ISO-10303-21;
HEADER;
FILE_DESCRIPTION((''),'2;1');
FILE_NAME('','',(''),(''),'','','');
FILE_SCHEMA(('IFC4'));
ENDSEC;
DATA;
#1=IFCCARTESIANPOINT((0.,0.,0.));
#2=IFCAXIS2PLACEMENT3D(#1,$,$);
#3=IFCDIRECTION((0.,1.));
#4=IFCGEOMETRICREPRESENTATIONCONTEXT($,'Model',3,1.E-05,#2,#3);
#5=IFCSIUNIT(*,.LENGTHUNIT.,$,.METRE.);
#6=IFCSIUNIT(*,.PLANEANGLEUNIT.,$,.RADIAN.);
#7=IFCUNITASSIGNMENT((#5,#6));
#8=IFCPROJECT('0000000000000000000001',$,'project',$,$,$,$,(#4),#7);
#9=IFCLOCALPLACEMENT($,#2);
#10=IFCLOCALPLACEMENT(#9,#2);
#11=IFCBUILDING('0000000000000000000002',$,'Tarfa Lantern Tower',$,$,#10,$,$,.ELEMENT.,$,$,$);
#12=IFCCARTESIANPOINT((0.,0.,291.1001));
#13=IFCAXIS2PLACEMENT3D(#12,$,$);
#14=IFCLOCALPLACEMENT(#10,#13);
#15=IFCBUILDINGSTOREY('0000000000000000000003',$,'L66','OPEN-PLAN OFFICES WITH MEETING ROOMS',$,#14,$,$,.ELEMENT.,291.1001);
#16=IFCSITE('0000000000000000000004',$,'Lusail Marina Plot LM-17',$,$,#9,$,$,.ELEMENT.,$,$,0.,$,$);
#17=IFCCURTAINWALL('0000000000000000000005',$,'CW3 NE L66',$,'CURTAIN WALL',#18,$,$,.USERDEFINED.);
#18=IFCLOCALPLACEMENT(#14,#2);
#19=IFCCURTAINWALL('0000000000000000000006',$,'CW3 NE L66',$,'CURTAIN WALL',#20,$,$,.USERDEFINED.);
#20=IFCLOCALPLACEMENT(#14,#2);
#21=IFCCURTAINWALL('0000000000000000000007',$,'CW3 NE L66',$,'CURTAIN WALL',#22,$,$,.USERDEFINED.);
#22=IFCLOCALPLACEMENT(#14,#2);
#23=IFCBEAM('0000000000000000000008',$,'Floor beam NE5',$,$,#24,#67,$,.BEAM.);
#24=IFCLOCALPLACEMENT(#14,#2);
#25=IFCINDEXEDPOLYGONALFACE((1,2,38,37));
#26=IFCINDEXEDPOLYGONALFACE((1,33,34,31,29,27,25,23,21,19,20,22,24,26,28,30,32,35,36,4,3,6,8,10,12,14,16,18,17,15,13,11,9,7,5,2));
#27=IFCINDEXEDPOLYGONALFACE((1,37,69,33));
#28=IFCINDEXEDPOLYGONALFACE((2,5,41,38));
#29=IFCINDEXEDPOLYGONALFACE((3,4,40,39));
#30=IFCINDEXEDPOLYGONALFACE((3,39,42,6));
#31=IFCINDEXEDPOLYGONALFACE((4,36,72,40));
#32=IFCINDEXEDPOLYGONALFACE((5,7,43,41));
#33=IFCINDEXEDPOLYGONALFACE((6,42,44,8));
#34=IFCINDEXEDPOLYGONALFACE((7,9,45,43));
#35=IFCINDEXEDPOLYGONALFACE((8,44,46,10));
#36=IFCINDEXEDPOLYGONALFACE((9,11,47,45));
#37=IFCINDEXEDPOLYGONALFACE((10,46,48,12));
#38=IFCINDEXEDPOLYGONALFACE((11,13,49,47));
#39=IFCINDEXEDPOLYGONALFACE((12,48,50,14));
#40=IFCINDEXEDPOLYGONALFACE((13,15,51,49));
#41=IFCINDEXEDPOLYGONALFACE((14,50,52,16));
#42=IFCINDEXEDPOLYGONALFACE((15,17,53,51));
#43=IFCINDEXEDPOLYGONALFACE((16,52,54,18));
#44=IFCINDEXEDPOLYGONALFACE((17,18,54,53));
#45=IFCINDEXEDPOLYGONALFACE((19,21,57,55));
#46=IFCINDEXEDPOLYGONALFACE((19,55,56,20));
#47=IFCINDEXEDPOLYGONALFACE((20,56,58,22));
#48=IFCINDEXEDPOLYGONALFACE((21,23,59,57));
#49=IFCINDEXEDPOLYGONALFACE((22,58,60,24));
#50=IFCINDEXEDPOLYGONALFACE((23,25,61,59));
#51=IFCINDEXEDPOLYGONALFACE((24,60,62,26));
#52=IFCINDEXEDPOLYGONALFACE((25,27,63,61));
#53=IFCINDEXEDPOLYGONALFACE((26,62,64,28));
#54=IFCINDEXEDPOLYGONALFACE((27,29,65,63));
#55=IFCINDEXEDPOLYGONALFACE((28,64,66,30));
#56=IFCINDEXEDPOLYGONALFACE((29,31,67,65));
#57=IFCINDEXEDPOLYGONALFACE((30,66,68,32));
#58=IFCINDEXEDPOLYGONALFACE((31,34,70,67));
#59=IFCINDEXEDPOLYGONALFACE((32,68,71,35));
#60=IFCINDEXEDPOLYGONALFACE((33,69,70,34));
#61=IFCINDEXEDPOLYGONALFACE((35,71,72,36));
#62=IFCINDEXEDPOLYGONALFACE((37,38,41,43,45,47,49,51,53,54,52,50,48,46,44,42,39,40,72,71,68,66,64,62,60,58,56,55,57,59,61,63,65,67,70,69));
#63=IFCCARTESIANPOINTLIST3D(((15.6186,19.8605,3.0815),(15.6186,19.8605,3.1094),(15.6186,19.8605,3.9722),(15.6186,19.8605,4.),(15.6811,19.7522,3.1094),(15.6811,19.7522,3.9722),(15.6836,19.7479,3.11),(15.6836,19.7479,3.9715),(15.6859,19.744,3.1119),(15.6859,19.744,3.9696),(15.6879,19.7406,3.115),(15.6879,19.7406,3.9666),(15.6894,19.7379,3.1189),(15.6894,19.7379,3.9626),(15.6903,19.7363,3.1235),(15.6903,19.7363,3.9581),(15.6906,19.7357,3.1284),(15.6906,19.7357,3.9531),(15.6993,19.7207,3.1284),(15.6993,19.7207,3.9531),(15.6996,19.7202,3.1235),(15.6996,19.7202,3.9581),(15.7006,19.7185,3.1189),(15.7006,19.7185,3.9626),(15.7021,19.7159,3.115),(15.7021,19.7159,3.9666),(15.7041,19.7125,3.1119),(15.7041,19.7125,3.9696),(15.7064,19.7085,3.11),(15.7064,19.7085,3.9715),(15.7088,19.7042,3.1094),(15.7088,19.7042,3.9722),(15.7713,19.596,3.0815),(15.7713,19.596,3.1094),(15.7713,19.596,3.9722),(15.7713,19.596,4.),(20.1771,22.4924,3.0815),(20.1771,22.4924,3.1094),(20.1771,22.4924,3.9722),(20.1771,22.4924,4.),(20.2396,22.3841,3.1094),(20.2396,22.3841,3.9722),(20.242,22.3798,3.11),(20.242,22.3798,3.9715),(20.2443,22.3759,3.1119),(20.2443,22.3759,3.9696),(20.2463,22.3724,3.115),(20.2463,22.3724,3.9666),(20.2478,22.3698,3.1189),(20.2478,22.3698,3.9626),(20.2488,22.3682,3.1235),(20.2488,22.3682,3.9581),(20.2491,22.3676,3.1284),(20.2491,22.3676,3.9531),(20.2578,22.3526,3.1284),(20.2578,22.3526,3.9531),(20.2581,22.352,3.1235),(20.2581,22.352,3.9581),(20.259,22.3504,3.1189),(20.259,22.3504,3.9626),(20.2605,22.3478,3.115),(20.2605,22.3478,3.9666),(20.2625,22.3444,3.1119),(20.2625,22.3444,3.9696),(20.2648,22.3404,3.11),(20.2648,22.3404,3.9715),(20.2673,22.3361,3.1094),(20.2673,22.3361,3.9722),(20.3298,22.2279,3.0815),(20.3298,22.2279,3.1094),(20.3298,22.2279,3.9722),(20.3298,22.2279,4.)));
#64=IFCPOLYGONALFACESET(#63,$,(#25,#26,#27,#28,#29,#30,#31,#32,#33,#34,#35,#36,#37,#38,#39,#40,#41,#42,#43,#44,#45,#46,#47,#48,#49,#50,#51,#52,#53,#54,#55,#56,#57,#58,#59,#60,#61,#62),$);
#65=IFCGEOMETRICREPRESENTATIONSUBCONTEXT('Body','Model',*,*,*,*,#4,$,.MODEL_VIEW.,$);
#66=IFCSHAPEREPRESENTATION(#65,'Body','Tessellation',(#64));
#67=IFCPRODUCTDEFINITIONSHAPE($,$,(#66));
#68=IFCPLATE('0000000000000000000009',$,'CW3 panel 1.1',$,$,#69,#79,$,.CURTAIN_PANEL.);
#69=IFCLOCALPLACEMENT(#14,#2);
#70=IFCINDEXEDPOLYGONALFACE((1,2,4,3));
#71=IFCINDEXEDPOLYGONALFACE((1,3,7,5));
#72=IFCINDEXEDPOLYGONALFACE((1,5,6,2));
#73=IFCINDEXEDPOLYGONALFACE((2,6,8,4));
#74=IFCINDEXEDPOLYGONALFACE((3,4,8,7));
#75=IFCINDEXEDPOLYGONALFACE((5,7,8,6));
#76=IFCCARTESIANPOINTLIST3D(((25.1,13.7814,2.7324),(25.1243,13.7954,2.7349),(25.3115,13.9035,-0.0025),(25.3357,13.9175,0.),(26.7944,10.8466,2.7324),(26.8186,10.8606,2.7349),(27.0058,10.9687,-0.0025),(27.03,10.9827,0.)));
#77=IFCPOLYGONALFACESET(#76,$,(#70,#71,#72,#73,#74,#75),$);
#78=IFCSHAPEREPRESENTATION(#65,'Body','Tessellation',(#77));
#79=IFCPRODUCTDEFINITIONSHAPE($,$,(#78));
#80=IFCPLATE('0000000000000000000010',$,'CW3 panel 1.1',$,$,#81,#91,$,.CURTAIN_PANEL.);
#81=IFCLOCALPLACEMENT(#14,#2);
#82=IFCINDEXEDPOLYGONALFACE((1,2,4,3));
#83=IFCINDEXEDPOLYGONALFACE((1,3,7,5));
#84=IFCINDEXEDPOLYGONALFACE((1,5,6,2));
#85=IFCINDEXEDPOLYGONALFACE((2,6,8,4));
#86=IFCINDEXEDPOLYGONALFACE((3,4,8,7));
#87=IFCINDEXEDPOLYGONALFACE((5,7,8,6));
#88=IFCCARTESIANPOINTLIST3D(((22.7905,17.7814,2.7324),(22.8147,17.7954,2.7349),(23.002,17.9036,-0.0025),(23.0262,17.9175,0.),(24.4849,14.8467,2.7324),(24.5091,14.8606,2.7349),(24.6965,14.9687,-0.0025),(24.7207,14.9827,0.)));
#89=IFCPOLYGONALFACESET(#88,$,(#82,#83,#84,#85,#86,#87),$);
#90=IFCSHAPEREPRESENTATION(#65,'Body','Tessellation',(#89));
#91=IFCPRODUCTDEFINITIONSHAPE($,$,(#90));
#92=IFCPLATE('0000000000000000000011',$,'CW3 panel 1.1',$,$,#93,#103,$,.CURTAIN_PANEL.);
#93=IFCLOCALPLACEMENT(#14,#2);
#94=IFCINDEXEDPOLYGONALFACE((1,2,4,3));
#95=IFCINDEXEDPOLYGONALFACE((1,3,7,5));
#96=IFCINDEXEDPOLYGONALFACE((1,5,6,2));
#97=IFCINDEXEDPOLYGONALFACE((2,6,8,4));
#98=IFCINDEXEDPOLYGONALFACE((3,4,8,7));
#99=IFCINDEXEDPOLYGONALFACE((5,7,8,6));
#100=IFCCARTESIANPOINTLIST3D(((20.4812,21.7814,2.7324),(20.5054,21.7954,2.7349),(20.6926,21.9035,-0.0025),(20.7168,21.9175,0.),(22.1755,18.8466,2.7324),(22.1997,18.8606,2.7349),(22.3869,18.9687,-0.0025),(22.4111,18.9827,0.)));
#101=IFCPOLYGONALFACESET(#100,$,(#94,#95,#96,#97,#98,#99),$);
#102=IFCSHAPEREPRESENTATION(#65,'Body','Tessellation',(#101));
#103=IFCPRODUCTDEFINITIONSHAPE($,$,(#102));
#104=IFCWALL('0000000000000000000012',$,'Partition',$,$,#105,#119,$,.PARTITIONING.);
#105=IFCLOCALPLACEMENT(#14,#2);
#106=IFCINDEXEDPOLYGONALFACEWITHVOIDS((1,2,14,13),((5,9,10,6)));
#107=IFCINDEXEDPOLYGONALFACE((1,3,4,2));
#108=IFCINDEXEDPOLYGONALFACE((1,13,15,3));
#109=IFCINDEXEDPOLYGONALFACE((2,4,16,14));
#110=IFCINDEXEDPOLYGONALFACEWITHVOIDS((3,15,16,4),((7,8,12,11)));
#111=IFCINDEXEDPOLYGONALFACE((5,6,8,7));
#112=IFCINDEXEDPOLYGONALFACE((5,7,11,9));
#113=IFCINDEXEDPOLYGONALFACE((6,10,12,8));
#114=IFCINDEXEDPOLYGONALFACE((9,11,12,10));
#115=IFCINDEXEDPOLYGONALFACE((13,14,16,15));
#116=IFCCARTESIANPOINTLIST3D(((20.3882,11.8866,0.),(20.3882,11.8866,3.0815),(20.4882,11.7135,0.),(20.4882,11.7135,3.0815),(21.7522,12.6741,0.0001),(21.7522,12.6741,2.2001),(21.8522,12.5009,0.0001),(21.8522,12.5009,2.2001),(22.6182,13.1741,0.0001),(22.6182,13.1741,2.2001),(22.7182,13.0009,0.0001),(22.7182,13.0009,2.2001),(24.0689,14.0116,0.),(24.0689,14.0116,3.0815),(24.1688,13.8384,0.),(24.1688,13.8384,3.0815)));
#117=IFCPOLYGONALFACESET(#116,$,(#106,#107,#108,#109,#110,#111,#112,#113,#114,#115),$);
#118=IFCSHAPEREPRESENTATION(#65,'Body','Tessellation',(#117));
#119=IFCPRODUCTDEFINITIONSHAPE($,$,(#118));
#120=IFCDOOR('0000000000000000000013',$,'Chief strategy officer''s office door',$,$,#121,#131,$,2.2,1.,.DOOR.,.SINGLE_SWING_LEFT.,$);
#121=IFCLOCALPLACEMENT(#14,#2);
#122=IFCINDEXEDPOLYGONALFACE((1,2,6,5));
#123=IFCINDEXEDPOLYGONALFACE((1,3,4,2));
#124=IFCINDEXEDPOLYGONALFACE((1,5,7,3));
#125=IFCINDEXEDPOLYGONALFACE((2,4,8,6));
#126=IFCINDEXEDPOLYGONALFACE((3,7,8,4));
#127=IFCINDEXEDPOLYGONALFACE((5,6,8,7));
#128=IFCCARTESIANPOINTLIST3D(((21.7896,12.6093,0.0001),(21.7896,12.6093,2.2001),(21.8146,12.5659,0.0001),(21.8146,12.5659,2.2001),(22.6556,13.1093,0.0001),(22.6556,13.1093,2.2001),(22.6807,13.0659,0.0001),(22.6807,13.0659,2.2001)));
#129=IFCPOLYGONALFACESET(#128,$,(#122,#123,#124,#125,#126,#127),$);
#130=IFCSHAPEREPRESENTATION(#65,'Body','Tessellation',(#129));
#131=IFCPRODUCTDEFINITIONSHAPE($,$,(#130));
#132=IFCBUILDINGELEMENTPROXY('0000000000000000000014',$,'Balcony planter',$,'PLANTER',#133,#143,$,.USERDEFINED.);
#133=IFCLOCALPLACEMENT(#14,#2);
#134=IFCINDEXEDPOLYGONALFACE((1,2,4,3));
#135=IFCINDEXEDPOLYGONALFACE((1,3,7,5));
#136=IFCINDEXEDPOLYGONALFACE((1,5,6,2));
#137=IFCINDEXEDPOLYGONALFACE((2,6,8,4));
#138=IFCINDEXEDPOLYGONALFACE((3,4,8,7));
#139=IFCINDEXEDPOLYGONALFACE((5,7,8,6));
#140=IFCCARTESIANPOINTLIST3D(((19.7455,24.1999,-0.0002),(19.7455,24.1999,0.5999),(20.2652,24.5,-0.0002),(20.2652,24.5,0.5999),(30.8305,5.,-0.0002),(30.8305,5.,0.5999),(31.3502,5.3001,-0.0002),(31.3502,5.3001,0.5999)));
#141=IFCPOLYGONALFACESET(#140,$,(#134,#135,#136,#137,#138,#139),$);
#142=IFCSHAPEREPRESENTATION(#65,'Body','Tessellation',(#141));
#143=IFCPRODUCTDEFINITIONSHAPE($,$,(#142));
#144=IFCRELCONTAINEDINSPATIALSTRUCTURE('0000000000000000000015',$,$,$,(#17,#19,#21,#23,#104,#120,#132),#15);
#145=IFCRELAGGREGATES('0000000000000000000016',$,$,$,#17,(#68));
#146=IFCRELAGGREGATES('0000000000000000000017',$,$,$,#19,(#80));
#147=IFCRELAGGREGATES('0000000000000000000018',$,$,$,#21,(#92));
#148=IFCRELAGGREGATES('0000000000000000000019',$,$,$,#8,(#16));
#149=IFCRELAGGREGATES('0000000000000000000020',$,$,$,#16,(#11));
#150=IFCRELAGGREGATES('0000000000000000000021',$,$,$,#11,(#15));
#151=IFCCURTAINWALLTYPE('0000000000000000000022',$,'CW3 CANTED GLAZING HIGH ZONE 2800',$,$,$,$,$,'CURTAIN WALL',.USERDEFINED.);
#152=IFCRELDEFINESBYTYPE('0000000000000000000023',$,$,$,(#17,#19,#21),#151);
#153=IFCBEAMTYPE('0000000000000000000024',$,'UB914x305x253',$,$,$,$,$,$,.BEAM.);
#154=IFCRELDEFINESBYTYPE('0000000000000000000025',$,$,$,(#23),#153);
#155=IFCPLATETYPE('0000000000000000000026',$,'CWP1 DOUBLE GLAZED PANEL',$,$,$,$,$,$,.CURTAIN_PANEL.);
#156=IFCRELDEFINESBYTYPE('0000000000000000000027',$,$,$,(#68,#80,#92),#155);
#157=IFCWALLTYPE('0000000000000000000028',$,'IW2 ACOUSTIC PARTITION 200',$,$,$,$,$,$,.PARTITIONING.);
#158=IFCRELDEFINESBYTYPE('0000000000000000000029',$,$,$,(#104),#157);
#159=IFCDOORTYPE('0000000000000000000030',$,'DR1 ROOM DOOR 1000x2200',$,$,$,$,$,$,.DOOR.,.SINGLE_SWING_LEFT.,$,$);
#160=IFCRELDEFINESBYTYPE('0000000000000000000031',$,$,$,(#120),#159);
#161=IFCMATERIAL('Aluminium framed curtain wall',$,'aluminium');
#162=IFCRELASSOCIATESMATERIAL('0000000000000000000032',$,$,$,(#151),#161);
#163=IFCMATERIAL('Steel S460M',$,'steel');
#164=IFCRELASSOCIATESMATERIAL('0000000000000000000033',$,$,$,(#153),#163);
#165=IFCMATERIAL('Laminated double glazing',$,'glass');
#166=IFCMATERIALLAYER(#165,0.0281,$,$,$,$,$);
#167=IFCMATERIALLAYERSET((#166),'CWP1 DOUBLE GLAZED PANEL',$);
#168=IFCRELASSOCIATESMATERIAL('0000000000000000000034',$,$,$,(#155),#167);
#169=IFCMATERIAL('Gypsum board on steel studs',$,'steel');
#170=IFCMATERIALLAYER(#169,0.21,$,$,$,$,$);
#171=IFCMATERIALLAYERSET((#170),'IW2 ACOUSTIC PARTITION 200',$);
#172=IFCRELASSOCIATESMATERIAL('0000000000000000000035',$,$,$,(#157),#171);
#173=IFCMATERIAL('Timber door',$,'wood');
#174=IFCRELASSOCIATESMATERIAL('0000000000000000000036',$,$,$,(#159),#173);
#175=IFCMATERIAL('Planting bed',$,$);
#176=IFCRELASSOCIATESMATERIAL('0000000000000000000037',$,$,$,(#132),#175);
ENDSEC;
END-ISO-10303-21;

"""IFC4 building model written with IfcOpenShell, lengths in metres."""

from ifc_helpers import new_model, si_unit, direction, frame, frame_2d, origin, origin_2d, place, context, subcontext, project, spatial, polyline, rectangle, i_section, outline, extrude, material, layer, layer_set, material_profile, profile_set, type_object, element, fill, aggregate, save


model = new_model("IFC4")

# Units and contexts
model_context = context("Model", 3, precision=1e-05, world=origin(), true_north=direction((0.0, 1.0)))
body_context = subcontext(model_context, "Body", "Model", "MODEL_VIEW")
ifc_project = project(units=[si_unit("LENGTHUNIT", "METRE"), si_unit("PLANEANGLEUNIT", "RADIAN")], contexts=[model_context])

# Site, building, storey
site_placement = place(None, origin())
site = spatial("IfcSite", under=ifc_project, at=site_placement, Name="Lusail Marina Plot LM-17", CompositionType="ELEMENT", RefElevation=0.0)
building_placement = place(site_placement, origin())
building = spatial("IfcBuilding", under=site, at=building_placement, Name="Tarfa Lantern Tower", CompositionType="ELEMENT")
storey_placement = place(building_placement, frame((0.0, 0.0, 291.1001)))
storey = spatial("IfcBuildingStorey", under=building, at=storey_placement, Name="L66", Description="OPEN-PLAN OFFICES WITH MEETING ROOMS", CompositionType="ELEMENT", Elevation=291.1001)

# Curtain walls
ifc_material_1 = material(Name="Aluminium framed curtain wall", Category="aluminium")
curtain_wall_type = type_object("IfcCurtainWallType", Name="CW3 CANTED GLAZING HIGH ZONE 2800", ElementType="CURTAIN WALL", PredefinedType="USERDEFINED", material=ifc_material_1)
curtain_wall_1_placement = place(storey_placement, origin())
curtain_wall_1 = element("IfcCurtainWall", 1, at=curtain_wall_1_placement, inside=storey, type_object=curtain_wall_type, Name="CW3 NE L66", ObjectType="CURTAIN WALL", PredefinedType="USERDEFINED")
curtain_wall_2_placement = place(storey_placement, origin())
curtain_wall_2 = element("IfcCurtainWall", 2, at=curtain_wall_2_placement, inside=storey, type_object=curtain_wall_type, Name="CW3 NE L66", ObjectType="CURTAIN WALL", PredefinedType="USERDEFINED")
curtain_wall_3_placement = place(storey_placement, origin())
curtain_wall_3 = element("IfcCurtainWall", 3, at=curtain_wall_3_placement, inside=storey, type_object=curtain_wall_type, Name="CW3 NE L66", ObjectType="CURTAIN WALL", PredefinedType="USERDEFINED")

# Beam
ifc_material_2 = material(Name="Steel S460M", Category="steel")
ifc_material_profile_1 = material_profile(ifc_material_2, i_section(OverallWidth=0.3054, OverallDepth=0.9185, WebThickness=0.0173, FlangeThickness=0.0278, FilletRadius=0.019, at=origin_2d()), Name="UB914x305x253")
ifc_profile_set_1 = profile_set([ifc_material_profile_1], Name="Steel S460M")
beam_type_1 = type_object("IfcBeamType", Name="UB914x305x253", PredefinedType="BEAM", material=ifc_profile_set_1)
beam_1_placement = place(storey_placement, frame((20.2534, 22.3601, 3.5408), z_axis=(-0.86602, -0.50001, 0.0), x_axis=(0.50001, -0.86602, 0.0)))
element("IfcBeam", 4, at=beam_1_placement, inside=storey, type_object=beam_type_1, Name="Floor beam NE5", PredefinedType="BEAM", context=body_context, shape_type="SweptSolid", body=[
    extrude(i_section(OverallWidth=0.3054, OverallDepth=0.9185, WebThickness=0.0173, FlangeThickness=0.0278, FilletRadius=0.019, at=origin_2d()), origin(), (0.0, 0.0, 1.0), 5.2637),
])

# Plates
ifc_material_3 = material(Name="Laminated double glazing", Category="glass")
ifc_layer_1 = layer(ifc_material_3, 0.0281)
ifc_layer_set_1 = layer_set([ifc_layer_1], Name="CWP1 DOUBLE GLAZED PANEL")
plate_type = type_object("IfcPlateType", Name="CWP1 DOUBLE GLAZED PANEL", PredefinedType="CURTAIN_PANEL", material=ifc_layer_set_1)
plate_1_placement = place(storey_placement, frame((27.03, 10.9827, 0.0), z_axis=(0.862606, 0.498002, 0.088914), x_axis=(-0.499982, 0.866036, 0.0)))
plate_1 = element("IfcPlate", 5, at=plate_1_placement, type_object=plate_type, Name="CW3 panel 1.1", PredefinedType="CURTAIN_PANEL", context=body_context, shape_type="SweptSolid", body=[
    extrude(outline(polyline([(0.0, 0.0), (3.3888, 0.0), (3.3888, 2.7457), (0.0, 2.7457), (0.0, 0.0)])), origin(), (0.0, 0.0, -1.0), 0.0281),
])
aggregate(curtain_wall_1, [plate_1])
plate_2_placement = place(storey_placement, frame((24.7207, 14.9827, 0.0), z_axis=(0.862587, 0.498027, 0.088952), x_axis=(-0.50001, 0.86602, 0.000003)))
plate_2 = element("IfcPlate", 6, at=plate_2_placement, type_object=plate_type, Name="CW3 panel 1.1", PredefinedType="CURTAIN_PANEL", context=body_context, shape_type="SweptSolid", body=[
    extrude(outline(polyline([(0.0, 0.0), (3.3889, 0.0), (3.3889, 2.7457), (0.0001, 2.7458), (0.0, 0.0)])), origin(), (0.0, 0.0, -1.0), 0.0281),
])
aggregate(curtain_wall_2, [plate_2])
plate_3_placement = place(storey_placement, frame((22.4111, 18.9827, 0.0), z_axis=(0.862606, 0.498002, 0.088914), x_axis=(-0.499982, 0.866036, 0.0)))
plate_3 = element("IfcPlate", 7, at=plate_3_placement, type_object=plate_type, Name="CW3 panel 1.1", PredefinedType="CURTAIN_PANEL", context=body_context, shape_type="SweptSolid", body=[
    extrude(outline(polyline([(0.0, 0.0), (3.3888, 0.0), (3.3888, 2.7457), (0.0, 2.7457), (0.0, 0.0)])), origin(), (0.0, 0.0, -1.0), 0.0281),
])
aggregate(curtain_wall_3, [plate_3])

# Wall, opening, door
ifc_material_4 = material(Name="Gypsum board on steel studs", Category="steel")
ifc_layer_2 = layer(ifc_material_4, 0.21)
ifc_layer_set_2 = layer_set([ifc_layer_2], Name="IW2 ACOUSTIC PARTITION 200")
wall_type = type_object("IfcWallType", Name="IW2 ACOUSTIC PARTITION 200", PredefinedType="PARTITIONING", material=ifc_layer_set_2)
wall_placement = place(storey_placement, frame((20.4382, 11.8, 0.0), z_axis=(0.0, 0.0, 1.0), x_axis=(0.866029, 0.499994, 0.0)))
wall = element("IfcWall", 8, at=wall_placement, inside=storey, type_object=wall_type, Name="Partition", PredefinedType="PARTITIONING", context=body_context, shape_type="SweptSolid", body=[
    extrude(rectangle(XDim=4.25, YDim=0.2, at=frame_2d((2.125, 0.0))), origin(), (0.0, 0.0, 1.0), 3.0815),
])
opening_placement = place(wall_placement, frame((1.575, 0.0, 0.0)))
opening = element("IfcOpeningElement", 9, at=opening_placement, cuts=wall, PredefinedType="OPENING", context=body_context, shape_type="SweptSolid", body=[
    extrude(rectangle(XDim=1.0, YDim=2.2, at=frame_2d((0.5, 1.1001))), frame((0.0, 0.1099, 0.0), z_axis=(0.0, -1.0, 0.0), x_axis=(1.0, 0.0, 0.0)), (0.0, 0.0, 1.0), 0.22),
])
ifc_material_5 = material(Name="Timber door", Category="wood")
door_type = type_object("IfcDoorType", Name="DR1 ROOM DOOR 1000x2200", OperationType="SINGLE_SWING_LEFT", PredefinedType="DOOR", material=ifc_material_5)
door_placement = place(opening_placement, frame((1.0, 0.0, 0.0), z_axis=(0.0, 0.0, 1.0), x_axis=(-1.0, 0.0, 0.0)))
door = element("IfcDoor", 10, at=door_placement, inside=storey, type_object=door_type, Name="Chief strategy officer's office door", OperationType="SINGLE_SWING_LEFT", OverallHeight=2.2, OverallWidth=1.0, PredefinedType="DOOR", context=body_context, shape_type="SweptSolid", body=[
    extrude(rectangle(XDim=1.0, YDim=2.2, at=frame_2d((0.5, 1.1001))), frame((0.0, 0.0249, 0.0), z_axis=(0.0, -1.0, 0.0), x_axis=(1.0, 0.0, 0.0)), (0.0, 0.0, 1.0), 0.05),
])
fill(opening, door)

# Building element proxy
ifc_material_6 = material(Name="Planting bed")
proxy_placement = place(storey_placement, frame((25.5479, 14.75, -0.0002), z_axis=(0.0, 0.0, 1.0), x_axis=(-0.5, 0.866025, 0.0)))
element("IfcBuildingElementProxy", 11, at=proxy_placement, inside=storey, material=ifc_material_6, Name="Balcony planter", ObjectType="PLANTER", PredefinedType="USERDEFINED", context=body_context, shape_type="SweptSolid", body=[
    extrude(rectangle(XDim=22.1702, YDim=0.6001, at=origin_2d()), origin(), (0.0, 0.0, 1.0), 0.6001),
])

save(model, "model.ifc")
